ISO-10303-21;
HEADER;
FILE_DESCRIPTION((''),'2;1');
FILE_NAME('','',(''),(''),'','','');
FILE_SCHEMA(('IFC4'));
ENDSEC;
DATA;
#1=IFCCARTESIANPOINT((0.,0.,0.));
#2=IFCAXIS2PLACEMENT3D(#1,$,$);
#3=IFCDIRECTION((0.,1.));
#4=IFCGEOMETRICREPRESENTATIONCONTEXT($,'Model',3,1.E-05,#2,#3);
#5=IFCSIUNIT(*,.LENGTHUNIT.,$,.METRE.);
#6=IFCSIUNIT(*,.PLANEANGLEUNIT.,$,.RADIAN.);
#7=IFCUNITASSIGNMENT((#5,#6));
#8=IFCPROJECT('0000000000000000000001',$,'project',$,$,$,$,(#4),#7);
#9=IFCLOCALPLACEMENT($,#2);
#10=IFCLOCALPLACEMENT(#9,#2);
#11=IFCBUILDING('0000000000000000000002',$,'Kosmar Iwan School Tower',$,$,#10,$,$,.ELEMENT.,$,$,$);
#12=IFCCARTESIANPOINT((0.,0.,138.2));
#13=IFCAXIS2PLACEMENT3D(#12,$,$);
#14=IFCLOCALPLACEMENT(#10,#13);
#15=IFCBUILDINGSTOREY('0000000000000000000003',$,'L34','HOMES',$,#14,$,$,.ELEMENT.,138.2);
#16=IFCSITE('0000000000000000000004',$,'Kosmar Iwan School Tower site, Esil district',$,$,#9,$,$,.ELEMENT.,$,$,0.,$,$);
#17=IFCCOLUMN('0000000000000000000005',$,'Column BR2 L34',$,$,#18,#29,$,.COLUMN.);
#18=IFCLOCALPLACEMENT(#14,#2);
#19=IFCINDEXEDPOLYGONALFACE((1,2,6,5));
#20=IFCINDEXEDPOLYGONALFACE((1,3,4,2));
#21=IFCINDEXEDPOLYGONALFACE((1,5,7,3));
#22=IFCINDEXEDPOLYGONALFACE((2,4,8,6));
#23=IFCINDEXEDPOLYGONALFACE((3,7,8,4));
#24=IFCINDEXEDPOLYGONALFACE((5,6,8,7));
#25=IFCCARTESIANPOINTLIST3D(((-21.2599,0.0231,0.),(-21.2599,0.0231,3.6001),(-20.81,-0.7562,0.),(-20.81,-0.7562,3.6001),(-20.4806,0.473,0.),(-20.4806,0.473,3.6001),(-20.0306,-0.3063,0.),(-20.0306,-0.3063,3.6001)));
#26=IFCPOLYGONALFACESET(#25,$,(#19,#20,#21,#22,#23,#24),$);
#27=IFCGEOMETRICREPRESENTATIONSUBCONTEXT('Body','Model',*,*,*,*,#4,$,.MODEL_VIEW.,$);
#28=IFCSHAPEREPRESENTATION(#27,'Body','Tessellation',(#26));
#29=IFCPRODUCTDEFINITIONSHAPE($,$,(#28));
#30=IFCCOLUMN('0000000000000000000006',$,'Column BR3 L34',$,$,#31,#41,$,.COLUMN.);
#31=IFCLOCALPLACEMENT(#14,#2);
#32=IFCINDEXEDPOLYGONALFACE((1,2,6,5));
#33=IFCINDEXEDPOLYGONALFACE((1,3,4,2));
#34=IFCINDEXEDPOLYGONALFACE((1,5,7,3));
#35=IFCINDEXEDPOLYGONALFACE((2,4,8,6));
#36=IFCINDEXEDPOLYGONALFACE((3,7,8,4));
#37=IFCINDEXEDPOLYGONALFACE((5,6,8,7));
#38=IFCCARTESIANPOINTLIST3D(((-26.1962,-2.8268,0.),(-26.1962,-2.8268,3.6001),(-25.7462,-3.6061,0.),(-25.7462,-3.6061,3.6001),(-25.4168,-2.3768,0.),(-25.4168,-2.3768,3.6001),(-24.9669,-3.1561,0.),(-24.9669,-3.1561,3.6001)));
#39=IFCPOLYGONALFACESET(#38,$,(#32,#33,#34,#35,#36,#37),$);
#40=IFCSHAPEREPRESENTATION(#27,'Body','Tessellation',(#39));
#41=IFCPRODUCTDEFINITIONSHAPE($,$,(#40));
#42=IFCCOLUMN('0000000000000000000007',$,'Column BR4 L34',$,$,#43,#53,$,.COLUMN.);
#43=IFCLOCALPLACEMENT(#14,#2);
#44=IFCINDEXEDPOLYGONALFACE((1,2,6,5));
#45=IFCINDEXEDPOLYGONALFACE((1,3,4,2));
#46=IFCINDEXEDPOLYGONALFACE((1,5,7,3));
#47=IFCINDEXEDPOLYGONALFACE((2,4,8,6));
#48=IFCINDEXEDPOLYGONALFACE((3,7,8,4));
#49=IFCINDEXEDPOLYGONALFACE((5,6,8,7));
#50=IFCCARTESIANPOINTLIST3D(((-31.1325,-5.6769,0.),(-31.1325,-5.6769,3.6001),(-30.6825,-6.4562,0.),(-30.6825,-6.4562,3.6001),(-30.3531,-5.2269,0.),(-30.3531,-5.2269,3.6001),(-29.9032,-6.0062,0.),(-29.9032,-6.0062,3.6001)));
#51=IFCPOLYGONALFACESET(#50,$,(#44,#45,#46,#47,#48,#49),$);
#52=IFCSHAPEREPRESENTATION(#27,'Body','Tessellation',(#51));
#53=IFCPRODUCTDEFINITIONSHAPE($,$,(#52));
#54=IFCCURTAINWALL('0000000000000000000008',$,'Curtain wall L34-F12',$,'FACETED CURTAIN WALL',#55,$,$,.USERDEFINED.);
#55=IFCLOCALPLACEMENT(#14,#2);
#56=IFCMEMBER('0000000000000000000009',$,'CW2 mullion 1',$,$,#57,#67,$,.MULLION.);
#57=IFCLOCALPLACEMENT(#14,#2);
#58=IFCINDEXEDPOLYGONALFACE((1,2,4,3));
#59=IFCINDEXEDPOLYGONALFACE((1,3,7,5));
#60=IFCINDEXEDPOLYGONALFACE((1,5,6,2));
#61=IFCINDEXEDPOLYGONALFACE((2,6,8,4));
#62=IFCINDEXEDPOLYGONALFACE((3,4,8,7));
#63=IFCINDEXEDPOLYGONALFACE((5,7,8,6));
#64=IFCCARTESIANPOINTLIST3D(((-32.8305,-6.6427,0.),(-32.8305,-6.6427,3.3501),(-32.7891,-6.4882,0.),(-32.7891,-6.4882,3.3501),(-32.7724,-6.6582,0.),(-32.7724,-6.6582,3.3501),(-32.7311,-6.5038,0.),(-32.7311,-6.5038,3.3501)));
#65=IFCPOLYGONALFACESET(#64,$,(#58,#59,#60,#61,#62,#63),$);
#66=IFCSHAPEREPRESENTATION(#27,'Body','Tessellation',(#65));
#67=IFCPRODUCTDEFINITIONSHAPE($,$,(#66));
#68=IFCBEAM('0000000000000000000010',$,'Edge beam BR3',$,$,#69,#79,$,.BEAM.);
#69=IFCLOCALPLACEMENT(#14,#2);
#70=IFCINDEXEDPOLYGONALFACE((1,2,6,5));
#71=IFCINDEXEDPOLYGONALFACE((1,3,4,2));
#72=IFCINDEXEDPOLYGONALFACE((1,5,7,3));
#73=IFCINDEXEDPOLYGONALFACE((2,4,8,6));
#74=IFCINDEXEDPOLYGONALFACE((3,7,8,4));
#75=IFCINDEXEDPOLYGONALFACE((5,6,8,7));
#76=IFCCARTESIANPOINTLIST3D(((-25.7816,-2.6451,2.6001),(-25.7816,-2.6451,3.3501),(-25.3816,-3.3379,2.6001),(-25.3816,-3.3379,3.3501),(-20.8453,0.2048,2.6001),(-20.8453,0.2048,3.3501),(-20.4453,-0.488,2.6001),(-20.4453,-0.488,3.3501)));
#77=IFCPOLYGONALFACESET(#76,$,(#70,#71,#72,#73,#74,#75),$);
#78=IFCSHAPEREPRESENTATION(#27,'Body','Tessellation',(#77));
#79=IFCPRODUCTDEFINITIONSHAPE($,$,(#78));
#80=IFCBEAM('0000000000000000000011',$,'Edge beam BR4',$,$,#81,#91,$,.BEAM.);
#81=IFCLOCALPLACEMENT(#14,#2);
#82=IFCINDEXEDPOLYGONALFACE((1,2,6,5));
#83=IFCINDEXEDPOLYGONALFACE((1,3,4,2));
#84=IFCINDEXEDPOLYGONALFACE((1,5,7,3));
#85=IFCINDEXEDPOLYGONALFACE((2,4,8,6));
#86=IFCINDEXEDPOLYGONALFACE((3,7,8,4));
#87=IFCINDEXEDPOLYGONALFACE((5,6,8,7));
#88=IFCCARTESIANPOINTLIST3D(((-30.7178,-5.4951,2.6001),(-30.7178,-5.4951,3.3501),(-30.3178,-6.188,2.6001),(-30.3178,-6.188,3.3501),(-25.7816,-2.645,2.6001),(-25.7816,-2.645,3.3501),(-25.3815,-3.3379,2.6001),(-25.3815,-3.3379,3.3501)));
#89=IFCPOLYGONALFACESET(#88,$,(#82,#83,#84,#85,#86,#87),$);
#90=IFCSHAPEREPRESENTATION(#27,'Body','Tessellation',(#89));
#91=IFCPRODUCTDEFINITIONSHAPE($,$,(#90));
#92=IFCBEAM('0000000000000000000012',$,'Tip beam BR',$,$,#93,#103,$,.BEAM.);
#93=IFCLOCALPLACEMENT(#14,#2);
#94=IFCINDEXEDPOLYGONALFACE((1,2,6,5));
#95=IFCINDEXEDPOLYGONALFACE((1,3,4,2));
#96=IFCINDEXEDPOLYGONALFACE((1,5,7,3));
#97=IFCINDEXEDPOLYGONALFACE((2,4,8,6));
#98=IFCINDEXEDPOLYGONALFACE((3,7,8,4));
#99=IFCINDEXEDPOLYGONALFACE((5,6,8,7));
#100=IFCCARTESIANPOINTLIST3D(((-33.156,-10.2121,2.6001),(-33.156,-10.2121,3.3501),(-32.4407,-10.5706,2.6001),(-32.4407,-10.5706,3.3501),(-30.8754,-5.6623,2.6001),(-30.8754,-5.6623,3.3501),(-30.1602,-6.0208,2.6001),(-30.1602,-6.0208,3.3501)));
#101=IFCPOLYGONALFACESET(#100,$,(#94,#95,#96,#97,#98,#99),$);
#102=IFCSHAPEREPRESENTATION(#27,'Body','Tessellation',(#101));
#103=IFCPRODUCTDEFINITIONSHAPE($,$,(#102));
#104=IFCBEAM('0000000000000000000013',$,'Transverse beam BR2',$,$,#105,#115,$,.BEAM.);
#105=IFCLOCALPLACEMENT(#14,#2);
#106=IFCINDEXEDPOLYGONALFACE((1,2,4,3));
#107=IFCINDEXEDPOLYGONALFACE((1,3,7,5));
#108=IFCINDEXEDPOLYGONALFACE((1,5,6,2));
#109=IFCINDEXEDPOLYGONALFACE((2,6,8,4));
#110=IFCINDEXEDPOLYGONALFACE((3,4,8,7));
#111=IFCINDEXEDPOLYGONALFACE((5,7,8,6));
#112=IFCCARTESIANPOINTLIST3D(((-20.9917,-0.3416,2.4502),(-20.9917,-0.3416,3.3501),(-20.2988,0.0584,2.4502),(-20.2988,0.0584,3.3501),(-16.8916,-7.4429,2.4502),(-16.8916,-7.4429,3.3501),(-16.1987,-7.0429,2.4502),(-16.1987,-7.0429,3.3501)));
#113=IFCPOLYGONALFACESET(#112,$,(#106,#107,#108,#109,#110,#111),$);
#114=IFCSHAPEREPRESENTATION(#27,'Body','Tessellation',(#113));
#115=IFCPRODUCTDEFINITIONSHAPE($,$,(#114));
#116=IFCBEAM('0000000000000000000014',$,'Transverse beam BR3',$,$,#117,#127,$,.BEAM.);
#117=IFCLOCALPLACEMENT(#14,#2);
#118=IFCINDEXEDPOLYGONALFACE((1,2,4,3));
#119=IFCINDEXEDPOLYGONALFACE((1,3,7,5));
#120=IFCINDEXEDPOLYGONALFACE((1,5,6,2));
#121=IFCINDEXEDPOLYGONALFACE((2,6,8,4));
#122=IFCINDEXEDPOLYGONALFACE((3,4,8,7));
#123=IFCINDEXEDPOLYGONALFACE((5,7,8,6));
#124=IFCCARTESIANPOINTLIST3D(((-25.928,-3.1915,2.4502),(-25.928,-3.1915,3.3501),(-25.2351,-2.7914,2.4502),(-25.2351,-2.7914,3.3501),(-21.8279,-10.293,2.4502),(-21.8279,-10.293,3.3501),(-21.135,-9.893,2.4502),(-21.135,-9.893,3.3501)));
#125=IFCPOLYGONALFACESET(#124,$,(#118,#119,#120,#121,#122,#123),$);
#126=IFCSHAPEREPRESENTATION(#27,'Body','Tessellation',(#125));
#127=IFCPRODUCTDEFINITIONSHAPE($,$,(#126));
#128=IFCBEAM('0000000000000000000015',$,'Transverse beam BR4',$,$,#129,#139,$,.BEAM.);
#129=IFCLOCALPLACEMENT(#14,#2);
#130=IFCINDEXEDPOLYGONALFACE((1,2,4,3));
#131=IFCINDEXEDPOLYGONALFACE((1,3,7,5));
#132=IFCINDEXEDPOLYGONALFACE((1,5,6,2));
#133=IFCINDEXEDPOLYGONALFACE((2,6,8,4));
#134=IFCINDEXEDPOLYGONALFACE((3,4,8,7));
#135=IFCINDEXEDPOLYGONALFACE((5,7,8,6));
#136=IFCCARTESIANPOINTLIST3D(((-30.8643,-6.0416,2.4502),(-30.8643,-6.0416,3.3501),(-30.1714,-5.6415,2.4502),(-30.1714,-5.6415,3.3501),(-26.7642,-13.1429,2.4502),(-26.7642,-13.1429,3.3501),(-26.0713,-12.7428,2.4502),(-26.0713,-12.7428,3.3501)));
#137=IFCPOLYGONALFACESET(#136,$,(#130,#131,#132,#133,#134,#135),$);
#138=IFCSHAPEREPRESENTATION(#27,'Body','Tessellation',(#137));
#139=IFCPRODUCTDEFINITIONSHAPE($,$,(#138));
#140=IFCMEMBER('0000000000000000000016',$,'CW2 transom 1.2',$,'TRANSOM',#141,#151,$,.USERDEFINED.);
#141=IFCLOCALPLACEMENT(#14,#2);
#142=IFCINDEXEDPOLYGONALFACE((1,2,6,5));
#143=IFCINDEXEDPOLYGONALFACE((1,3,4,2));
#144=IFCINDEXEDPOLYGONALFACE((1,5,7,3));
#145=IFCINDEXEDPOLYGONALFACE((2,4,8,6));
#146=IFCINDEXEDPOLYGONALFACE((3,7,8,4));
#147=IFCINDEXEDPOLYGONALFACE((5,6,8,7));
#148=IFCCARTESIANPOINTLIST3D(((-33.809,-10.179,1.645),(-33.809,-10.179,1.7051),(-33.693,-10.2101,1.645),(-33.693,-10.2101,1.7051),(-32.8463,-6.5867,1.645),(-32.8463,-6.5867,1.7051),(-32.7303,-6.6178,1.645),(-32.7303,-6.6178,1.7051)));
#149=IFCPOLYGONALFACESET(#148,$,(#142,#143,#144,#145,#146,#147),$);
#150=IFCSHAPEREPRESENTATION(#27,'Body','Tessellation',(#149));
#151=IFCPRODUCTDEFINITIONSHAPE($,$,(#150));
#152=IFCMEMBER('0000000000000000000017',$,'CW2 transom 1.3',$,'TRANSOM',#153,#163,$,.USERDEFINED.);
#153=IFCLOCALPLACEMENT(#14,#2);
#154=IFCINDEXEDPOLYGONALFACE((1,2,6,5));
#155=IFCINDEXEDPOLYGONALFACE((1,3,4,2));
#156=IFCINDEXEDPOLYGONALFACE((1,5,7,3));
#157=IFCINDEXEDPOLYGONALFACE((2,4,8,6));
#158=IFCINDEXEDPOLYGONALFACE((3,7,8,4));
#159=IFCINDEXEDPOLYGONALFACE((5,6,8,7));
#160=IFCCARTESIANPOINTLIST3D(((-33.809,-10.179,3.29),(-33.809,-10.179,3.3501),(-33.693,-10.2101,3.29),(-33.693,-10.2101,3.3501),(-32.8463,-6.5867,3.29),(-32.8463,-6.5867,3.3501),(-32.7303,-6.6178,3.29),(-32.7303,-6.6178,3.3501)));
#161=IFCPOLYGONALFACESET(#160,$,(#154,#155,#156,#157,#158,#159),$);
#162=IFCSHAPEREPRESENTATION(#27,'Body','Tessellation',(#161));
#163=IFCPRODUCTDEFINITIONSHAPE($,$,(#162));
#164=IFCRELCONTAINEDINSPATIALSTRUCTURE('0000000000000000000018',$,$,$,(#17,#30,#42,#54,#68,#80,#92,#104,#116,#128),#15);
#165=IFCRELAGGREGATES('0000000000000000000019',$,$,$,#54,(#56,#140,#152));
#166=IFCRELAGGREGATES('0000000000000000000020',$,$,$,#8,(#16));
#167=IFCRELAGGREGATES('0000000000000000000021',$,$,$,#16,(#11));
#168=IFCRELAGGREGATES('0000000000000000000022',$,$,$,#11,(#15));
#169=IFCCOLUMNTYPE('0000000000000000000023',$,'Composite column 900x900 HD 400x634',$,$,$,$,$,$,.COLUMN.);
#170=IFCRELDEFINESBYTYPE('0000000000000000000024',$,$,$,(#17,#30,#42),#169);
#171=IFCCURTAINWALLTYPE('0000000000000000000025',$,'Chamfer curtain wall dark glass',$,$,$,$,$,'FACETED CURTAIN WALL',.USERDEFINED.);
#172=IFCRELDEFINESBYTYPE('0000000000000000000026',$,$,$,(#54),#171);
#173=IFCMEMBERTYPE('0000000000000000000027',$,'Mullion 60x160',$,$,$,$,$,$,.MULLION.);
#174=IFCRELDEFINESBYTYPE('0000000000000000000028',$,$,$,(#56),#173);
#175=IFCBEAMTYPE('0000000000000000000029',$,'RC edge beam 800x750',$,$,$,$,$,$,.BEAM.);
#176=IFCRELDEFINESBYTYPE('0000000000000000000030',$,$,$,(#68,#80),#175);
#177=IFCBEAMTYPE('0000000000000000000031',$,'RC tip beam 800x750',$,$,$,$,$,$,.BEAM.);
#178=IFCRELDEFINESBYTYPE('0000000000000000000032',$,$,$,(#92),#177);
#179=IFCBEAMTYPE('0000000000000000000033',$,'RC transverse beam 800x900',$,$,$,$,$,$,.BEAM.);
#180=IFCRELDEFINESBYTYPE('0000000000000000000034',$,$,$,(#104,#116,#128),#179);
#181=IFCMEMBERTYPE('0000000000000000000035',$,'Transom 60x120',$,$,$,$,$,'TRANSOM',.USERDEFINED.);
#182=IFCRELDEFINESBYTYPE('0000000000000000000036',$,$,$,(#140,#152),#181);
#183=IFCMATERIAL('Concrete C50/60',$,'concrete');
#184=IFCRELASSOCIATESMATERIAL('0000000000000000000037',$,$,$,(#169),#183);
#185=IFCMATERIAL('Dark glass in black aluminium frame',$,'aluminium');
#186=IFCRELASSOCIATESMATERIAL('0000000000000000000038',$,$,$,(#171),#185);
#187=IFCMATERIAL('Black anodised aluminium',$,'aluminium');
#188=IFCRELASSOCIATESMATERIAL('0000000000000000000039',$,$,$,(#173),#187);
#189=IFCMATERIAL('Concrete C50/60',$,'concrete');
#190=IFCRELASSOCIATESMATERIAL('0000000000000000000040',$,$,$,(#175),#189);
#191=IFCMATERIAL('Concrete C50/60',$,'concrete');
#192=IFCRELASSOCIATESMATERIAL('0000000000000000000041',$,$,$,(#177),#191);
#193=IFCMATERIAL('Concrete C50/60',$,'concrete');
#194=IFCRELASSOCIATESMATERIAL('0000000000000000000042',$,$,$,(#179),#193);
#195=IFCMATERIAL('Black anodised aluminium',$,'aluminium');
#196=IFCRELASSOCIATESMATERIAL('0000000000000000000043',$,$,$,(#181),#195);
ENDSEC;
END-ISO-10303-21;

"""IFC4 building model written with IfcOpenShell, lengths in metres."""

from ifc_helpers import new_model, si_unit, direction, frame, origin, origin_2d, place, context, subcontext, project, spatial, rectangle, extrude, material, material_profile, profile_set, type_object, element, aggregate, save


model = new_model("IFC4")

# Units and contexts
model_context = context("Model", 3, precision=1e-05, world=origin(), true_north=direction((0.0, 1.0)))
body_context = subcontext(model_context, "Body", "Model", "MODEL_VIEW")
ifc_project = project(units=[si_unit("LENGTHUNIT", "METRE"), si_unit("PLANEANGLEUNIT", "RADIAN")], contexts=[model_context])

# Site, building, storey
site_placement = place(None, origin())
site = spatial("IfcSite", under=ifc_project, at=site_placement, Name="Kosmar Iwan School Tower site, Esil district", CompositionType="ELEMENT", RefElevation=0.0)
building_placement = place(site_placement, origin())
building = spatial("IfcBuilding", under=site, at=building_placement, Name="Kosmar Iwan School Tower", CompositionType="ELEMENT")
storey_placement = place(building_placement, frame((0.0, 0.0, 138.2)))
storey = spatial("IfcBuildingStorey", under=building, at=storey_placement, Name="L34", Description="HOMES", CompositionType="ELEMENT", Elevation=138.2)

# Columns
ifc_material_1 = material(Name="Concrete C50/60", Category="concrete")
ifc_material_profile_1 = material_profile(ifc_material_1, rectangle(XDim=0.8999, YDim=0.8999, at=origin_2d()), Name="RC 900x900 + HD 400x634")
ifc_profile_set_1 = profile_set([ifc_material_profile_1], Name="Concrete C50/60")
column_type = type_object("IfcColumnType", Name="Composite column 900x900 HD 400x634", PredefinedType="COLUMN", material=ifc_profile_set_1)
for number, where, z_axis, x_axis, name in (
    (1, (-20.6453, -0.1416, 0.0), (0.0, 0.0, 1.0), (-0.866025, -0.5, 0.0), "Column BR2 L34"),
    (2, (-25.5815, -2.9915, 0.0), (0.0, 0.0, 1.0), (-0.866025, -0.5, 0.0), "Column BR3 L34"),
    (3, (-30.5178, -5.8416, 0.0), (0.0, 0.0, 1.0), (-0.866025, -0.5, 0.0), "Column BR4 L34"),
):
    element("IfcColumn", number, at=place(storey_placement, frame(where, z_axis=z_axis, x_axis=x_axis)), inside=storey, type_object=column_type, Name=name, PredefinedType="COLUMN", context=body_context, shape_type="SweptSolid", body=[
        extrude(rectangle(XDim=0.8999, YDim=0.8999, at=origin_2d()), origin(), (0.0, 0.0, 1.0), 3.6001),
    ])

# Curtain wall, member
ifc_material_2 = material(Name="Dark glass in black aluminium frame", Category="aluminium")
curtain_wall_type = type_object("IfcCurtainWallType", Name="Chamfer curtain wall dark glass", ElementType="FACETED CURTAIN WALL", PredefinedType="USERDEFINED", material=ifc_material_2)
curtain_wall_placement = place(storey_placement, origin())
curtain_wall = element("IfcCurtainWall", 4, at=curtain_wall_placement, inside=storey, type_object=curtain_wall_type, Name="Curtain wall L34-F12", ObjectType="FACETED CURTAIN WALL", PredefinedType="USERDEFINED")
ifc_material_3 = material(Name="Black anodised aluminium", Category="aluminium")
ifc_material_profile_2 = material_profile(ifc_material_3, rectangle(XDim=0.0601, YDim=0.1599, at=origin_2d()), Name="MULLION 60x160")
ifc_profile_set_2 = profile_set([ifc_material_profile_2], Name="Black anodised aluminium")
member_type_1 = type_object("IfcMemberType", Name="Mullion 60x160", PredefinedType="MULLION", material=ifc_profile_set_2)
member_1_placement = place(storey_placement, frame((-32.7808, -6.5732, 0.0), z_axis=(0.0, 0.0, 1.0), x_axis=(0.965926, -0.258819, 0.0)))
member_1 = element("IfcMember", 5, at=member_1_placement, type_object=member_type_1, Name="CW2 mullion 1", PredefinedType="MULLION", context=body_context, shape_type="SweptSolid", body=[
    extrude(rectangle(XDim=0.0601, YDim=0.1599, at=origin_2d()), origin(), (0.0, 0.0, 1.0), 3.3501),
])

# Beams
ifc_material_4 = material(Name="Concrete C50/60", Category="concrete")
ifc_material_profile_3 = material_profile(ifc_material_4, rectangle(XDim=0.8, YDim=0.75, at=origin_2d()), Name="RC 800x750")
ifc_profile_set_3 = profile_set([ifc_material_profile_3], Name="Concrete C50/60")
beam_type_1 = type_object("IfcBeamType", Name="RC edge beam 800x750", PredefinedType="BEAM", material=ifc_profile_set_3)
for number, where, z_axis, x_axis, name in (
    (6, (-20.6453, -0.1416, 2.9751), (-0.866034, -0.499986, 0.0), (0.499986, -0.866034, 0.0), "Edge beam BR3"),
    (7, (-25.5815, -2.9915, 2.9751), (-0.866015, -0.500018, 0.0), (0.500018, -0.866015, 0.0), "Edge beam BR4"),
):
    element("IfcBeam", number, at=place(storey_placement, frame(where, z_axis=z_axis, x_axis=x_axis)), inside=storey, type_object=beam_type_1, Name=name, PredefinedType="BEAM", context=body_context, shape_type="SweptSolid", body=[
        extrude(rectangle(XDim=0.8, YDim=0.75, at=origin_2d()), origin(), (0.0, 0.0, 1.0), 5.7),
    ])
ifc_material_5 = material(Name="Concrete C50/60", Category="concrete")
ifc_material_profile_4 = material_profile(ifc_material_5, rectangle(XDim=0.8, YDim=0.75, at=origin_2d()), Name="RC 800x750")
ifc_profile_set_4 = profile_set([ifc_material_profile_4], Name="Concrete C50/60")
beam_type_2 = type_object("IfcBeamType", Name="RC tip beam 800x750", PredefinedType="BEAM", material=ifc_profile_set_4)
beam_1_placement = place(storey_placement, frame((-30.5178, -5.8416, 2.9751), z_axis=(-0.448096, -0.893985, 0.0), x_axis=(0.893985, -0.448096, 0.0)))
element("IfcBeam", 8, at=beam_1_placement, inside=storey, type_object=beam_type_2, Name="Tip beam BR", PredefinedType="BEAM", context=body_context, shape_type="SweptSolid", body=[
    extrude(rectangle(XDim=0.8, YDim=0.75, at=origin_2d()), origin(), (0.0, 0.0, 1.0), 5.0894),
])
ifc_material_6 = material(Name="Concrete C50/60", Category="concrete")
ifc_material_profile_5 = material_profile(ifc_material_6, rectangle(XDim=0.8, YDim=0.8999, at=origin_2d()), Name="RC 800x900")
ifc_profile_set_5 = profile_set([ifc_material_profile_5], Name="Concrete C50/60")
beam_type_3 = type_object("IfcBeamType", Name="RC transverse beam 800x900", PredefinedType="BEAM", material=ifc_profile_set_5)
beam_2_placement = place(storey_placement, frame((-20.6453, -0.1416, 2.9001), z_axis=(0.500014, -0.866018, 0.0), x_axis=(0.866018, 0.500014, 0.0)))
element("IfcBeam", 9, at=beam_2_placement, inside=storey, type_object=beam_type_3, Name="Transverse beam BR2", PredefinedType="BEAM", context=body_context, shape_type="SweptSolid", body=[
    extrude(rectangle(XDim=0.8, YDim=0.8999, at=origin_2d()), origin(), (0.0, 0.0, 1.0), 8.2),
])
beam_3_placement = place(storey_placement, frame((-25.5815, -2.9915, 2.9001), z_axis=(0.500001, -0.866025, 0.0), x_axis=(0.866025, 0.500001, 0.0)))
element("IfcBeam", 10, at=beam_3_placement, inside=storey, type_object=beam_type_3, Name="Transverse beam BR3", PredefinedType="BEAM", context=body_context, shape_type="SweptSolid", body=[
    extrude(rectangle(XDim=0.8, YDim=0.8999, at=origin_2d()), origin(), (0.0, 0.0, 1.0), 8.2002),
])
beam_4_placement = place(storey_placement, frame((-30.5178, -5.8416, 2.9001), z_axis=(0.500014, -0.866018, 0.0), x_axis=(0.866018, 0.500014, 0.0)))
element("IfcBeam", 11, at=beam_4_placement, inside=storey, type_object=beam_type_3, Name="Transverse beam BR4", PredefinedType="BEAM", context=body_context, shape_type="SweptSolid", body=[
    extrude(rectangle(XDim=0.8, YDim=0.8999, at=origin_2d()), origin(), (0.0, 0.0, 1.0), 8.2),
])

# Members
ifc_material_7 = material(Name="Black anodised aluminium", Category="aluminium")
ifc_material_profile_6 = material_profile(ifc_material_7, rectangle(XDim=0.1201, YDim=0.0601, at=origin_2d()), Name="TRANSOM 60x120")
ifc_profile_set_6 = profile_set([ifc_material_profile_6], Name="Black anodised aluminium")
member_type_2 = type_object("IfcMemberType", Name="Transom 60x120", ElementType="TRANSOM", PredefinedType="USERDEFINED", material=ifc_profile_set_6)
member_2_placement = place(storey_placement, frame((-32.7883, -6.6023, 1.675), z_axis=(-0.258843, -0.965919, 0.0), x_axis=(0.965919, -0.258843, 0.0)))
member_2 = element("IfcMember", 12, at=member_2_placement, type_object=member_type_2, Name="CW2 transom 1.2", ObjectType="TRANSOM", PredefinedType="USERDEFINED", context=body_context, shape_type="SweptSolid", body=[
    extrude(rectangle(XDim=0.1201, YDim=0.0601, at=origin_2d()), origin(), (0.0, 0.0, 1.0), 3.719),
])
member_3_placement = place(storey_placement, frame((-32.7883, -6.6023, 3.3201), z_axis=(-0.258843, -0.965919, 0.0), x_axis=(0.965919, -0.258843, 0.0)))
member_3 = element("IfcMember", 13, at=member_3_placement, type_object=member_type_2, Name="CW2 transom 1.3", ObjectType="TRANSOM", PredefinedType="USERDEFINED", context=body_context, shape_type="SweptSolid", body=[
    extrude(rectangle(XDim=0.1201, YDim=0.0601, at=origin_2d()), origin(), (0.0, 0.0, 1.0), 3.719),
])
aggregate(curtain_wall, [member_1, member_2, member_3])

save(model, "model.ifc")
